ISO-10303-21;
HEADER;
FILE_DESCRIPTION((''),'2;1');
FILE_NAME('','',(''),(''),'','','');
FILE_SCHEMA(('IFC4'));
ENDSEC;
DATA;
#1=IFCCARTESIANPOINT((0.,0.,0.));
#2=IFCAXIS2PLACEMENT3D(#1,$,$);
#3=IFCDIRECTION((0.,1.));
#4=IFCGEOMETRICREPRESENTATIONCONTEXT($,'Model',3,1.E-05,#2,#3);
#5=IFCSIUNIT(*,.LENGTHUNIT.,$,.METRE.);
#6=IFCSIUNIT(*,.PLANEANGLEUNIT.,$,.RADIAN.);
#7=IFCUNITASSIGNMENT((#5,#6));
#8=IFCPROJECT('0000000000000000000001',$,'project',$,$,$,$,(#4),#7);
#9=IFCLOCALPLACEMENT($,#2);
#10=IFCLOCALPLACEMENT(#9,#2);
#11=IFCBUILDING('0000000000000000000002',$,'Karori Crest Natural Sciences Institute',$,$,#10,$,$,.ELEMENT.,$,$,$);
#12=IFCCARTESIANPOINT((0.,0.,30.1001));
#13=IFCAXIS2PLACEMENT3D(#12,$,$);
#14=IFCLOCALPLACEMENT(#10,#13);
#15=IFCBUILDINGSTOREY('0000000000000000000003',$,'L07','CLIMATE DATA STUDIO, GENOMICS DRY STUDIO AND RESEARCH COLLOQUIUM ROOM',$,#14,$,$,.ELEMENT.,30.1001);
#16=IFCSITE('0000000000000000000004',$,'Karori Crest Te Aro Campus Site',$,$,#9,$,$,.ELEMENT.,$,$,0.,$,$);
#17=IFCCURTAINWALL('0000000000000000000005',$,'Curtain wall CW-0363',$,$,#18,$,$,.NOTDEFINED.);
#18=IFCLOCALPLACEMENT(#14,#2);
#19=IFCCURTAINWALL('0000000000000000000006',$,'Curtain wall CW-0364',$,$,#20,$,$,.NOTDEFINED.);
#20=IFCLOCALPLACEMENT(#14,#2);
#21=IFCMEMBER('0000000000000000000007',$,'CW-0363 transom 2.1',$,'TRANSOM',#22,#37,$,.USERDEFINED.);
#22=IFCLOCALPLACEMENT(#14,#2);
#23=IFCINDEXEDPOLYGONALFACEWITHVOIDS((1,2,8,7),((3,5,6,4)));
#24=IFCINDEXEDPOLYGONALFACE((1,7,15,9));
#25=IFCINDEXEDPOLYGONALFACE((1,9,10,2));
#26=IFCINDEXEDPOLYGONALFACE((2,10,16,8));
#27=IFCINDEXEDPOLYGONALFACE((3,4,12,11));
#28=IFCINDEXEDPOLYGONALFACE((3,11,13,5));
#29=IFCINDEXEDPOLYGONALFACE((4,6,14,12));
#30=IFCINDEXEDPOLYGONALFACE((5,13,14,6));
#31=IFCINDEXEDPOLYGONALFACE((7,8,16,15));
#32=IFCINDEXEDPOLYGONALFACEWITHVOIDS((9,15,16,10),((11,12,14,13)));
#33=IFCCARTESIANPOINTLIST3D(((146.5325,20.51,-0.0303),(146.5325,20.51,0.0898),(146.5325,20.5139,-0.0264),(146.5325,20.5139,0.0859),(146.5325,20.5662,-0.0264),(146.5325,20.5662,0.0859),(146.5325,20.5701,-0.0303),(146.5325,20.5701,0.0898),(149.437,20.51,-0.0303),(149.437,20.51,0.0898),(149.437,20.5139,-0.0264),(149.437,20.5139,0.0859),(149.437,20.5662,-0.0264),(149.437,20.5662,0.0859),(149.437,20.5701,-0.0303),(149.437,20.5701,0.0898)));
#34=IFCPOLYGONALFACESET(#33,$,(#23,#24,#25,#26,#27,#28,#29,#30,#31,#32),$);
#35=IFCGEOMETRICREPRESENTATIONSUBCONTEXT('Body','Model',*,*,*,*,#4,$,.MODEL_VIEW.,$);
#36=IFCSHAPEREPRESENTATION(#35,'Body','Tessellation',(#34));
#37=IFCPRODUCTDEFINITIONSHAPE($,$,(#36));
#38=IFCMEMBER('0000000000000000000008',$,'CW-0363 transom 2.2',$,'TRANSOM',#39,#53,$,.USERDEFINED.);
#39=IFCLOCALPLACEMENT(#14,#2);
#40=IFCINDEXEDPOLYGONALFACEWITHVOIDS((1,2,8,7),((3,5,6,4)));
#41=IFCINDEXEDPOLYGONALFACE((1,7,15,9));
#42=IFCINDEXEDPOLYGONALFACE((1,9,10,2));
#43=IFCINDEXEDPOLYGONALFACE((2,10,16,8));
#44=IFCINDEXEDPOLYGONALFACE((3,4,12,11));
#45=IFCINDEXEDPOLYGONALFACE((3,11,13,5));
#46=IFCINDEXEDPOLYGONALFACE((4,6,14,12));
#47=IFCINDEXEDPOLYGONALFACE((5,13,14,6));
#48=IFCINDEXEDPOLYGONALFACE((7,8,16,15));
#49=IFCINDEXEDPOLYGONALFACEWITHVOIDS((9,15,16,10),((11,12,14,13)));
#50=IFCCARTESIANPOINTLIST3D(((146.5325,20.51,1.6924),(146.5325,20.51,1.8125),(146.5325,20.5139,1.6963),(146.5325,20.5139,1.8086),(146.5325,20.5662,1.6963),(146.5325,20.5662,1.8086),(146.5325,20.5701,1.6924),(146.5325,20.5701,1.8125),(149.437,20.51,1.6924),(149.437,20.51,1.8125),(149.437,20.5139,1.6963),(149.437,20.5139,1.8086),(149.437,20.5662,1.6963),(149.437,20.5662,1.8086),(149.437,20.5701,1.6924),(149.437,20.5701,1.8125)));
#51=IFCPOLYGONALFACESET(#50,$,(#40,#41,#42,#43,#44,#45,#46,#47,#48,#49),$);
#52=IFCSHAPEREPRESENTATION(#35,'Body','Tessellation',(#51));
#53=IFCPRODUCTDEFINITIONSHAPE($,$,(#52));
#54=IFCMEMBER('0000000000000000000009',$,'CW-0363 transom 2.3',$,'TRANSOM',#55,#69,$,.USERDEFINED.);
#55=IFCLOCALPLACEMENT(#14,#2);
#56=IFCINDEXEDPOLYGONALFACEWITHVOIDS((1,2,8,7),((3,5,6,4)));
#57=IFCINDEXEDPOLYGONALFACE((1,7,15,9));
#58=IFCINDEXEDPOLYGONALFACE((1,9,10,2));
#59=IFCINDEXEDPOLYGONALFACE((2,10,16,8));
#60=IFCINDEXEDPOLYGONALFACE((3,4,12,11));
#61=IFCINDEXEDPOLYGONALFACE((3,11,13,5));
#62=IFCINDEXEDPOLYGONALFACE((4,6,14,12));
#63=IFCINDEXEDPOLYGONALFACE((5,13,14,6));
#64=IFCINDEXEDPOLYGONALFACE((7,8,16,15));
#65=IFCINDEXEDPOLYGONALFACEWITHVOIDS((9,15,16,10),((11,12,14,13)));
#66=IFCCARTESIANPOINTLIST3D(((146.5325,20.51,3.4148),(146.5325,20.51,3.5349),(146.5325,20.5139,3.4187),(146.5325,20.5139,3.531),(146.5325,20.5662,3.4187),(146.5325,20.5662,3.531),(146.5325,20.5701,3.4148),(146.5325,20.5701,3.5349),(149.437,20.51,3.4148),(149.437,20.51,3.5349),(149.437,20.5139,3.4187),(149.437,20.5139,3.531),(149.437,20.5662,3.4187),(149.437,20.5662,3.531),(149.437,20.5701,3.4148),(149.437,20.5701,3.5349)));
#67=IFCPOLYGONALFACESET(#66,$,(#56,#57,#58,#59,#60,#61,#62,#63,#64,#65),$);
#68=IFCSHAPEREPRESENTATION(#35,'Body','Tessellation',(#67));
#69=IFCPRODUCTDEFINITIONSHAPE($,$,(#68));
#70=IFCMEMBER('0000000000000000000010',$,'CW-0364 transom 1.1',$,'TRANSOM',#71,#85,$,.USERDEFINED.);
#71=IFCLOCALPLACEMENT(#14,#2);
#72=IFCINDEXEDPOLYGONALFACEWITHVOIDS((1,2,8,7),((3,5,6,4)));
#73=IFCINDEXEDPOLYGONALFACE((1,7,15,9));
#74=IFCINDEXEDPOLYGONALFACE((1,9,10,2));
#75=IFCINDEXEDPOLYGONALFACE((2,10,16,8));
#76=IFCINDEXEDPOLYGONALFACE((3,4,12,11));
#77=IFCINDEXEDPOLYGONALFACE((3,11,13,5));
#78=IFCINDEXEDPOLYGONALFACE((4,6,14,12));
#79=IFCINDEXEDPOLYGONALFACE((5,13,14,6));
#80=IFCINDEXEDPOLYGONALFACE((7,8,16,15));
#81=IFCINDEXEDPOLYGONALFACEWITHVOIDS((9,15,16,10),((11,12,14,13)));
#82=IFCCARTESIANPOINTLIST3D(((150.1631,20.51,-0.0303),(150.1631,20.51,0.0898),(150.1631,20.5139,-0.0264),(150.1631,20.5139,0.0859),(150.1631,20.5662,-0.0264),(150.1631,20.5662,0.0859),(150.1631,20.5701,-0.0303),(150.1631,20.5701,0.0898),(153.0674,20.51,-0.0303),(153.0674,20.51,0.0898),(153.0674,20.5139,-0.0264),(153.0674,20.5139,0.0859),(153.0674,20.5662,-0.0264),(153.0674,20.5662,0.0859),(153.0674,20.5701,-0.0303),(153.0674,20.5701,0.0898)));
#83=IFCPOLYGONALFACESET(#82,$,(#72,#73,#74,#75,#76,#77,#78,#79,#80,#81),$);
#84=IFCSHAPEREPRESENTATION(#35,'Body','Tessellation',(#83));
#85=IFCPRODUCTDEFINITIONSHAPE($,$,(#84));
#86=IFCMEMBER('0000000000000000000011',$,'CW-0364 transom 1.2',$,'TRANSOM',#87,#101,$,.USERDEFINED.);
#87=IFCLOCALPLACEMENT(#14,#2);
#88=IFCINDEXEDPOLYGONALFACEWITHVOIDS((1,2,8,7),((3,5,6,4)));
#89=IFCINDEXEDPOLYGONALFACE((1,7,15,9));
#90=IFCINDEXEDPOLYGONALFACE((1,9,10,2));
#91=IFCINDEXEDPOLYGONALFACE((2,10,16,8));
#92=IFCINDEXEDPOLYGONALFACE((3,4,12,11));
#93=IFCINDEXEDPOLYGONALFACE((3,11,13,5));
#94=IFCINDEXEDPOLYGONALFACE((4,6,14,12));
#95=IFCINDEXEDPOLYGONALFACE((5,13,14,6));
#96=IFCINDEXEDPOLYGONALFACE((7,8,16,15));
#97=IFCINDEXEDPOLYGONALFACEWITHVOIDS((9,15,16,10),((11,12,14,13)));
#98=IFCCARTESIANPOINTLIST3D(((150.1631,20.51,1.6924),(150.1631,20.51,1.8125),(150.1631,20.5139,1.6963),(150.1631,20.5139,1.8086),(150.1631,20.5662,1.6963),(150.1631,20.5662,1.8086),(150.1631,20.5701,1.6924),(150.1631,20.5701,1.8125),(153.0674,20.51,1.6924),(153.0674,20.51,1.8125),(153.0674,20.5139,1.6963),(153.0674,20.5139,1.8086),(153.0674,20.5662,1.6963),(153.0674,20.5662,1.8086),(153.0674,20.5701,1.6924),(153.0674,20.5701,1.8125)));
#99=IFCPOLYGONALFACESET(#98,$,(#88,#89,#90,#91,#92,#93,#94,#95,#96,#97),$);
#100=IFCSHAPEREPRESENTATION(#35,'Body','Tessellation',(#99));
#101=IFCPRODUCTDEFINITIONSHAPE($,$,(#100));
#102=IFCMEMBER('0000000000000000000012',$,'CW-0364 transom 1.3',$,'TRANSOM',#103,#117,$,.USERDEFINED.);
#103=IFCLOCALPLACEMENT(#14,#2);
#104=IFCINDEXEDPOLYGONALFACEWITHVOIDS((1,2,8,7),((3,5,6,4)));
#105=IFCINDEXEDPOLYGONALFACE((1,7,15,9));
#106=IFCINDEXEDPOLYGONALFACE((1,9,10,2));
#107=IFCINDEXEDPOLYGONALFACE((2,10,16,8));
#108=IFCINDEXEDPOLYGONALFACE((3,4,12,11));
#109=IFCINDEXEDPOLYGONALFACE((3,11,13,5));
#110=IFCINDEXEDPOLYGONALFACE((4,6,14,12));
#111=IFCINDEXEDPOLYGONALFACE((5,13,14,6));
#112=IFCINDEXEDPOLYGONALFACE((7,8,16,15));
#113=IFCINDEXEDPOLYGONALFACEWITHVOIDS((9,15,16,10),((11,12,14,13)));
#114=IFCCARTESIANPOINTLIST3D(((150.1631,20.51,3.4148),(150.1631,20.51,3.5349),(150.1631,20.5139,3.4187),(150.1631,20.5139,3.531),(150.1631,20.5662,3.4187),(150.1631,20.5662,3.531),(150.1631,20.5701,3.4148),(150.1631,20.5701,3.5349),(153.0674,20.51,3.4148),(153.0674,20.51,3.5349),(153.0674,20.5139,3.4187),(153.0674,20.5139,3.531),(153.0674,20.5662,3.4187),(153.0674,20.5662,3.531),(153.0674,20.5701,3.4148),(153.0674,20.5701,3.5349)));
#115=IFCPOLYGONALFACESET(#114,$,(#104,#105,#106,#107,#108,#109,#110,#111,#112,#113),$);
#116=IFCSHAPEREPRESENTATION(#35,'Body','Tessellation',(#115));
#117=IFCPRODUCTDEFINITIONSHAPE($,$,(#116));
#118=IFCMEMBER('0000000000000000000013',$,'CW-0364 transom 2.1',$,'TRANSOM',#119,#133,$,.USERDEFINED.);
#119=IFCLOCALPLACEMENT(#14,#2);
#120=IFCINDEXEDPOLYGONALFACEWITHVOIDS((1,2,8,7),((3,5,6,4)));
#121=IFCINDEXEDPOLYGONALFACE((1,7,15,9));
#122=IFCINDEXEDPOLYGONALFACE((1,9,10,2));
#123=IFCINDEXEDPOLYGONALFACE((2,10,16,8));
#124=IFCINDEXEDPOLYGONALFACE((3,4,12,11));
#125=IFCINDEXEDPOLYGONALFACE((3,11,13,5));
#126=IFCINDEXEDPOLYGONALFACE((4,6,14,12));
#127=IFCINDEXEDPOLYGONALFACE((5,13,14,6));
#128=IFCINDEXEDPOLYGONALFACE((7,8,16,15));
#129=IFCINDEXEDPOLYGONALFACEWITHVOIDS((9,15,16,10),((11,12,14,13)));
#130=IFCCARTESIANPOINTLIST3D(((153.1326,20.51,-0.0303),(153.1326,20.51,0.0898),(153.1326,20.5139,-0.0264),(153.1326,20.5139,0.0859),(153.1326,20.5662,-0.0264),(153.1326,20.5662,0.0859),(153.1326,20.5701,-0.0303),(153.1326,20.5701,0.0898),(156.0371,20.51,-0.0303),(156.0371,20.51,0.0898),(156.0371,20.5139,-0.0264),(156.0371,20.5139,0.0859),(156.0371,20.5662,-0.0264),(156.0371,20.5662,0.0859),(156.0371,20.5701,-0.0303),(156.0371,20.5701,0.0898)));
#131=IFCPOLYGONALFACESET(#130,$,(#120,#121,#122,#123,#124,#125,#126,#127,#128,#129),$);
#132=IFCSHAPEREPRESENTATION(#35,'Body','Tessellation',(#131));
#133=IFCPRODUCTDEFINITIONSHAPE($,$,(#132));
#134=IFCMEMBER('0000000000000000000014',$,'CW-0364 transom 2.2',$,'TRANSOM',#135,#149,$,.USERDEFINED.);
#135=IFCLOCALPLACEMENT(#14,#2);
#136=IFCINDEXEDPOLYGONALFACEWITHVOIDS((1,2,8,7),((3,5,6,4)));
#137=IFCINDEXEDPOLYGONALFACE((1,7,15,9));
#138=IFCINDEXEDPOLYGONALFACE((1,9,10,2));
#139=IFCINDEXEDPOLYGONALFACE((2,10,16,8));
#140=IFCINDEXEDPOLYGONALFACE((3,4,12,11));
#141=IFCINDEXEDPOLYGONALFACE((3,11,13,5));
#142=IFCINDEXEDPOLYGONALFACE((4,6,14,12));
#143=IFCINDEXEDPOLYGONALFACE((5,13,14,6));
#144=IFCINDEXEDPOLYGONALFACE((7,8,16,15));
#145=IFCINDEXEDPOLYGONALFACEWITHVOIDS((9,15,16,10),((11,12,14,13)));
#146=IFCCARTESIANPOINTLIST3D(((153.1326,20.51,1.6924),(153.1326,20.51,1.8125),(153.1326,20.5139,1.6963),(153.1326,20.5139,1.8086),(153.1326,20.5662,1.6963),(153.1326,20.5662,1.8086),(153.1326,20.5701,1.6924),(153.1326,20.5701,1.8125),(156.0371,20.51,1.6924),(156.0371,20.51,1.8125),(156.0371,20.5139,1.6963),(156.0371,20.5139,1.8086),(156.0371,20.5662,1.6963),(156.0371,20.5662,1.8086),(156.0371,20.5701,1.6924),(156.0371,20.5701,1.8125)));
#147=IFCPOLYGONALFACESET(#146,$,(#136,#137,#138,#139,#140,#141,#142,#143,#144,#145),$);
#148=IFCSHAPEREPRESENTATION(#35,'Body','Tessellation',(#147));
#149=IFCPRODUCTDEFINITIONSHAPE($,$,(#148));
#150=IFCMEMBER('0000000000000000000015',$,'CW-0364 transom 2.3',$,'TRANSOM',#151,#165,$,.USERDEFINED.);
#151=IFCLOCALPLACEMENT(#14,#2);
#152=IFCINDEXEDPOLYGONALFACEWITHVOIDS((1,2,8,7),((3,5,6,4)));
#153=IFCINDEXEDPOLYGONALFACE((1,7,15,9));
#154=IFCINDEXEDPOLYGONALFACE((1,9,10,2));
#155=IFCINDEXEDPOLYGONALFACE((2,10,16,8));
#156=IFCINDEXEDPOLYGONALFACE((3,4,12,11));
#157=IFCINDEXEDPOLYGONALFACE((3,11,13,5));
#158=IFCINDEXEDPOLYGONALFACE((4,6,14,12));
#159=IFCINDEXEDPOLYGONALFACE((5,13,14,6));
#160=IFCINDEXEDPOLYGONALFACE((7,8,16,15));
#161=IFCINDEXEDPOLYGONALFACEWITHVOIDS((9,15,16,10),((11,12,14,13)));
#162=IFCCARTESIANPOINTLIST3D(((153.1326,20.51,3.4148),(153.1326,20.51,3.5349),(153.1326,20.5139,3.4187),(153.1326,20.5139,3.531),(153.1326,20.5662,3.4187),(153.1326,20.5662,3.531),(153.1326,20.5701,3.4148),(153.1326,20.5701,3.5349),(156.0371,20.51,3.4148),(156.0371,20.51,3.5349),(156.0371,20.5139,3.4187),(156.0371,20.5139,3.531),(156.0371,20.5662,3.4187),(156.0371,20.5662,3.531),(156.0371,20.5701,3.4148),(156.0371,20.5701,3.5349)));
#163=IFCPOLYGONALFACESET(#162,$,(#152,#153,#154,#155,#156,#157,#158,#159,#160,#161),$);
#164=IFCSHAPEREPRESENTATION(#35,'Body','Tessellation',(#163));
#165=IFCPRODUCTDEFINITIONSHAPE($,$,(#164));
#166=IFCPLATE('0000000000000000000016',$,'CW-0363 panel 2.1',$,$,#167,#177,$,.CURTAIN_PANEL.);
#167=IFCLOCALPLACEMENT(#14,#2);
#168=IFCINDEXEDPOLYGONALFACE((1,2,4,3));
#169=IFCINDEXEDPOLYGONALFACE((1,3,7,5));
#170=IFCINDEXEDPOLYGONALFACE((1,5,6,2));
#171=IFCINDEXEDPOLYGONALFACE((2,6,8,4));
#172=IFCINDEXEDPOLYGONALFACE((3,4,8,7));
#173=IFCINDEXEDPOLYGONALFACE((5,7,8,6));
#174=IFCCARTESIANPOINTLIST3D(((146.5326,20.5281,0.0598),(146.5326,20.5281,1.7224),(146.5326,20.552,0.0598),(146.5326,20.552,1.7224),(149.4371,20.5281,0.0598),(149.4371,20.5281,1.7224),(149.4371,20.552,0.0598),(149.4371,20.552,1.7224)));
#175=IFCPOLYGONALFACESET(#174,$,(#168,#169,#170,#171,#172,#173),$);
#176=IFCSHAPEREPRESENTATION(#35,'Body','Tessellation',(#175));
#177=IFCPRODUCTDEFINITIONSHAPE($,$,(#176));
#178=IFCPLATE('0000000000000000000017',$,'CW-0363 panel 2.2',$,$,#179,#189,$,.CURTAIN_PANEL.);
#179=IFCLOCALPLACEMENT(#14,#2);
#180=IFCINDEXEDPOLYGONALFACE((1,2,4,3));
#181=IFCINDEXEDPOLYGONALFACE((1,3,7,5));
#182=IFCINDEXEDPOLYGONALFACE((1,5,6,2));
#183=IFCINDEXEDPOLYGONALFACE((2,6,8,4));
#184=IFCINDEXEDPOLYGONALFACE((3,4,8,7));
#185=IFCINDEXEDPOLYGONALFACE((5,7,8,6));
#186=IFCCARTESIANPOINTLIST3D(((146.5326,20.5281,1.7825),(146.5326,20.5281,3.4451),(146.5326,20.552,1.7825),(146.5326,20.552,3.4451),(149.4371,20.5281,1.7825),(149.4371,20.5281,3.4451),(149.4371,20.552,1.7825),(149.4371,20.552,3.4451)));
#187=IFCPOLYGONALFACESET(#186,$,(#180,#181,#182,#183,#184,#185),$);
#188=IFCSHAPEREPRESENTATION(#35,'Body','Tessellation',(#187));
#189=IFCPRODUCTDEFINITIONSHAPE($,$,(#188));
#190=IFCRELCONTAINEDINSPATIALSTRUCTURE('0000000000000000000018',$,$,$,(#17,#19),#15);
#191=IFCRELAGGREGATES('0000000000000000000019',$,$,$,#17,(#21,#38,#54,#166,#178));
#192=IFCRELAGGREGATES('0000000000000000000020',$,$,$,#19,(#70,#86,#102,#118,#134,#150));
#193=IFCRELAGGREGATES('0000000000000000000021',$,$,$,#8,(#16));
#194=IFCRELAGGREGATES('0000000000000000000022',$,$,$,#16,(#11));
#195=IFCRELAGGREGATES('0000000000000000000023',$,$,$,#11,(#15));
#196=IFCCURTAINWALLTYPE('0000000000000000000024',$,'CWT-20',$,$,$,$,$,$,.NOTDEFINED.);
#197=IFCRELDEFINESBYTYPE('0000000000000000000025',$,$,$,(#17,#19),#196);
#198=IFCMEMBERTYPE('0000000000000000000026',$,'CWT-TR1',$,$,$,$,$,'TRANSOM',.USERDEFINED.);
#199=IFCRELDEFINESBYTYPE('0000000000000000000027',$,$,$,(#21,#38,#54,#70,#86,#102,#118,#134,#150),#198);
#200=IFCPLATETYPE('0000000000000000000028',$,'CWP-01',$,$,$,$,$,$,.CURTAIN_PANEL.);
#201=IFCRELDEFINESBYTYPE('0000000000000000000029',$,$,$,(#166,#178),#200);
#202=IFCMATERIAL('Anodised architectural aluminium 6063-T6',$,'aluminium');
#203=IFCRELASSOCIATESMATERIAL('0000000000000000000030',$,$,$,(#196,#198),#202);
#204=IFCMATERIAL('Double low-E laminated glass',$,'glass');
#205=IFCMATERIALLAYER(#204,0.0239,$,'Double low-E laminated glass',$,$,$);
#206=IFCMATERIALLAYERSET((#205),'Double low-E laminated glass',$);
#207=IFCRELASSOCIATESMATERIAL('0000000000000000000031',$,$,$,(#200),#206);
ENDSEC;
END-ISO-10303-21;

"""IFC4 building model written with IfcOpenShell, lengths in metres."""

from ifc_helpers import new_model, si_unit, direction, frame, origin, origin_2d, place, context, subcontext, project, spatial, rectangle, hollow_rectangle, extrude, material, layer, layer_set, material_profile, profile_set, type_object, element, aggregate, save


model = new_model("IFC4")

# Units and contexts
model_context = context("Model", 3, precision=1e-05, world=origin(), true_north=direction((0.0, 1.0)))
body_context = subcontext(model_context, "Body", "Model", "MODEL_VIEW")
ifc_project = project(units=[si_unit("LENGTHUNIT", "METRE"), si_unit("PLANEANGLEUNIT", "RADIAN")], contexts=[model_context])

# Site, building, storey
site_placement = place(None, origin())
site = spatial("IfcSite", under=ifc_project, at=site_placement, Name="Karori Crest Te Aro Campus Site", CompositionType="ELEMENT", RefElevation=0.0)
building_placement = place(site_placement, origin())
building = spatial("IfcBuilding", under=site, at=building_placement, Name="Karori Crest Natural Sciences Institute", CompositionType="ELEMENT")
storey_placement = place(building_placement, frame((0.0, 0.0, 30.1001)))
storey = spatial("IfcBuildingStorey", under=building, at=storey_placement, Name="L07", Description="CLIMATE DATA STUDIO, GENOMICS DRY STUDIO AND RESEARCH COLLOQUIUM ROOM", CompositionType="ELEMENT", Elevation=30.1001)

# Curtain walls
ifc_material_1 = material(Name="Anodised architectural aluminium 6063-T6", Category="aluminium")
curtain_wall_type = type_object("IfcCurtainWallType", Name="CWT-20", PredefinedType="NOTDEFINED", material=ifc_material_1)
curtain_wall_1_placement = place(storey_placement, origin())
curtain_wall_1 = element("IfcCurtainWall", 1, at=curtain_wall_1_placement, inside=storey, type_object=curtain_wall_type, Name="Curtain wall CW-0363", PredefinedType="NOTDEFINED")
curtain_wall_2_placement = place(storey_placement, origin())
curtain_wall_2 = element("IfcCurtainWall", 2, at=curtain_wall_2_placement, inside=storey, type_object=curtain_wall_type, Name="Curtain wall CW-0364", PredefinedType="NOTDEFINED")

# Members
ifc_material_profile_1 = material_profile(ifc_material_1, hollow_rectangle(XDim=0.0601, YDim=0.1201, WallThickness=0.0039, at=origin_2d()), Name="CWT120x60x4")
ifc_profile_set_1 = profile_set([ifc_material_profile_1], Name="Anodised architectural aluminium 6063-T6")
member_type_1 = type_object("IfcMemberType", Name="CWT-TR1", ElementType="TRANSOM", PredefinedType="USERDEFINED", material=ifc_profile_set_1)
member_1_placement = place(storey_placement, frame((146.5325, 20.54, 0.0298), z_axis=(1.0, 0.0, 0.0), x_axis=(0.0, 1.0, 0.0)))
member_1 = element("IfcMember", 3, at=member_1_placement, type_object=member_type_1, Name="CW-0363 transom 2.1", ObjectType="TRANSOM", PredefinedType="USERDEFINED", context=body_context, shape_type="SweptSolid", body=[
    extrude(hollow_rectangle(XDim=0.0601, YDim=0.1201, WallThickness=0.0039, at=origin_2d()), origin(), (0.0, 0.0, 1.0), 2.9045),
])
member_2_placement = place(storey_placement, frame((146.5325, 20.54, 1.7524), z_axis=(1.0, 0.0, 0.0), x_axis=(0.0, 1.0, 0.0)))
member_2 = element("IfcMember", 4, at=member_2_placement, type_object=member_type_1, Name="CW-0363 transom 2.2", ObjectType="TRANSOM", PredefinedType="USERDEFINED", context=body_context, shape_type="SweptSolid", body=[
    extrude(hollow_rectangle(XDim=0.0601, YDim=0.1201, WallThickness=0.0039, at=origin_2d()), origin(), (0.0, 0.0, 1.0), 2.9045),
])
member_3_placement = place(storey_placement, frame((146.5325, 20.54, 3.4749), z_axis=(1.0, 0.0, 0.0), x_axis=(0.0, 1.0, 0.0)))
member_3 = element("IfcMember", 5, at=member_3_placement, type_object=member_type_1, Name="CW-0363 transom 2.3", ObjectType="TRANSOM", PredefinedType="USERDEFINED", context=body_context, shape_type="SweptSolid", body=[
    extrude(hollow_rectangle(XDim=0.0601, YDim=0.1201, WallThickness=0.0039, at=origin_2d()), origin(), (0.0, 0.0, 1.0), 2.9045),
])
member_4_placement = place(storey_placement, frame((150.1631, 20.54, 0.0298), z_axis=(1.0, 0.0, 0.0), x_axis=(0.0, 1.0, 0.0)))
member_4 = element("IfcMember", 6, at=member_4_placement, type_object=member_type_1, Name="CW-0364 transom 1.1", ObjectType="TRANSOM", PredefinedType="USERDEFINED", context=body_context, shape_type="SweptSolid", body=[
    extrude(hollow_rectangle(XDim=0.0601, YDim=0.1201, WallThickness=0.0039, at=origin_2d()), origin(), (0.0, 0.0, 1.0), 2.9043),
])
member_5_placement = place(storey_placement, frame((150.1631, 20.54, 1.7524), z_axis=(1.0, 0.0, 0.0), x_axis=(0.0, 1.0, 0.0)))
member_5 = element("IfcMember", 7, at=member_5_placement, type_object=member_type_1, Name="CW-0364 transom 1.2", ObjectType="TRANSOM", PredefinedType="USERDEFINED", context=body_context, shape_type="SweptSolid", body=[
    extrude(hollow_rectangle(XDim=0.0601, YDim=0.1201, WallThickness=0.0039, at=origin_2d()), origin(), (0.0, 0.0, 1.0), 2.9043),
])
member_6_placement = place(storey_placement, frame((150.1631, 20.54, 3.4749), z_axis=(1.0, 0.0, 0.0), x_axis=(0.0, 1.0, 0.0)))
member_6 = element("IfcMember", 8, at=member_6_placement, type_object=member_type_1, Name="CW-0364 transom 1.3", ObjectType="TRANSOM", PredefinedType="USERDEFINED", context=body_context, shape_type="SweptSolid", body=[
    extrude(hollow_rectangle(XDim=0.0601, YDim=0.1201, WallThickness=0.0039, at=origin_2d()), origin(), (0.0, 0.0, 1.0), 2.9043),
])
member_7_placement = place(storey_placement, frame((153.1326, 20.54, 0.0298), z_axis=(1.0, 0.0, 0.0), x_axis=(0.0, 1.0, 0.0)))
member_7 = element("IfcMember", 9, at=member_7_placement, type_object=member_type_1, Name="CW-0364 transom 2.1", ObjectType="TRANSOM", PredefinedType="USERDEFINED", context=body_context, shape_type="SweptSolid", body=[
    extrude(hollow_rectangle(XDim=0.0601, YDim=0.1201, WallThickness=0.0039, at=origin_2d()), origin(), (0.0, 0.0, 1.0), 2.9045),
])
member_8_placement = place(storey_placement, frame((153.1326, 20.54, 1.7524), z_axis=(1.0, 0.0, 0.0), x_axis=(0.0, 1.0, 0.0)))
member_8 = element("IfcMember", 10, at=member_8_placement, type_object=member_type_1, Name="CW-0364 transom 2.2", ObjectType="TRANSOM", PredefinedType="USERDEFINED", context=body_context, shape_type="SweptSolid", body=[
    extrude(hollow_rectangle(XDim=0.0601, YDim=0.1201, WallThickness=0.0039, at=origin_2d()), origin(), (0.0, 0.0, 1.0), 2.9045),
])
member_9_placement = place(storey_placement, frame((153.1326, 20.54, 3.4749), z_axis=(1.0, 0.0, 0.0), x_axis=(0.0, 1.0, 0.0)))
member_9 = element("IfcMember", 11, at=member_9_placement, type_object=member_type_1, Name="CW-0364 transom 2.3", ObjectType="TRANSOM", PredefinedType="USERDEFINED", context=body_context, shape_type="SweptSolid", body=[
    extrude(hollow_rectangle(XDim=0.0601, YDim=0.1201, WallThickness=0.0039, at=origin_2d()), origin(), (0.0, 0.0, 1.0), 2.9045),
])

# Plates
ifc_material_2 = material(Name="Double low-E laminated glass", Category="glass")
ifc_layer_1 = layer(ifc_material_2, 0.0239, Name="Double low-E laminated glass")
ifc_layer_set_1 = layer_set([ifc_layer_1], Name="Double low-E laminated glass")
plate_type = type_object("IfcPlateType", Name="CWP-01", PredefinedType="CURTAIN_PANEL", material=ifc_layer_set_1)
plate_1_placement = place(storey_placement, frame((147.9849, 20.54, 0.0598), z_axis=(0.0, 0.0, 1.0), x_axis=(1.0, 0.0, 0.0)))
plate_1 = element("IfcPlate", 12, at=plate_1_placement, type_object=plate_type, Name="CW-0363 panel 2.1", PredefinedType="CURTAIN_PANEL", context=body_context, shape_type="SweptSolid", body=[
    extrude(rectangle(XDim=2.9045, YDim=0.0239, at=origin_2d()), origin(), (0.0, 0.0, 1.0), 1.6626),
])
plate_2_placement = place(storey_placement, frame((147.9849, 20.54, 1.7825), z_axis=(0.0, 0.0, 1.0), x_axis=(1.0, 0.0, 0.0)))
plate_2 = element("IfcPlate", 13, at=plate_2_placement, type_object=plate_type, Name="CW-0363 panel 2.2", PredefinedType="CURTAIN_PANEL", context=body_context, shape_type="SweptSolid", body=[
    extrude(rectangle(XDim=2.9045, YDim=0.0239, at=origin_2d()), origin(), (0.0, 0.0, 1.0), 1.6626),
])
aggregate(curtain_wall_1, [member_1, member_2, member_3, plate_1, plate_2])
aggregate(curtain_wall_2, [member_4, member_5, member_6, member_7, member_8, member_9])

save(model, "model.ifc")
